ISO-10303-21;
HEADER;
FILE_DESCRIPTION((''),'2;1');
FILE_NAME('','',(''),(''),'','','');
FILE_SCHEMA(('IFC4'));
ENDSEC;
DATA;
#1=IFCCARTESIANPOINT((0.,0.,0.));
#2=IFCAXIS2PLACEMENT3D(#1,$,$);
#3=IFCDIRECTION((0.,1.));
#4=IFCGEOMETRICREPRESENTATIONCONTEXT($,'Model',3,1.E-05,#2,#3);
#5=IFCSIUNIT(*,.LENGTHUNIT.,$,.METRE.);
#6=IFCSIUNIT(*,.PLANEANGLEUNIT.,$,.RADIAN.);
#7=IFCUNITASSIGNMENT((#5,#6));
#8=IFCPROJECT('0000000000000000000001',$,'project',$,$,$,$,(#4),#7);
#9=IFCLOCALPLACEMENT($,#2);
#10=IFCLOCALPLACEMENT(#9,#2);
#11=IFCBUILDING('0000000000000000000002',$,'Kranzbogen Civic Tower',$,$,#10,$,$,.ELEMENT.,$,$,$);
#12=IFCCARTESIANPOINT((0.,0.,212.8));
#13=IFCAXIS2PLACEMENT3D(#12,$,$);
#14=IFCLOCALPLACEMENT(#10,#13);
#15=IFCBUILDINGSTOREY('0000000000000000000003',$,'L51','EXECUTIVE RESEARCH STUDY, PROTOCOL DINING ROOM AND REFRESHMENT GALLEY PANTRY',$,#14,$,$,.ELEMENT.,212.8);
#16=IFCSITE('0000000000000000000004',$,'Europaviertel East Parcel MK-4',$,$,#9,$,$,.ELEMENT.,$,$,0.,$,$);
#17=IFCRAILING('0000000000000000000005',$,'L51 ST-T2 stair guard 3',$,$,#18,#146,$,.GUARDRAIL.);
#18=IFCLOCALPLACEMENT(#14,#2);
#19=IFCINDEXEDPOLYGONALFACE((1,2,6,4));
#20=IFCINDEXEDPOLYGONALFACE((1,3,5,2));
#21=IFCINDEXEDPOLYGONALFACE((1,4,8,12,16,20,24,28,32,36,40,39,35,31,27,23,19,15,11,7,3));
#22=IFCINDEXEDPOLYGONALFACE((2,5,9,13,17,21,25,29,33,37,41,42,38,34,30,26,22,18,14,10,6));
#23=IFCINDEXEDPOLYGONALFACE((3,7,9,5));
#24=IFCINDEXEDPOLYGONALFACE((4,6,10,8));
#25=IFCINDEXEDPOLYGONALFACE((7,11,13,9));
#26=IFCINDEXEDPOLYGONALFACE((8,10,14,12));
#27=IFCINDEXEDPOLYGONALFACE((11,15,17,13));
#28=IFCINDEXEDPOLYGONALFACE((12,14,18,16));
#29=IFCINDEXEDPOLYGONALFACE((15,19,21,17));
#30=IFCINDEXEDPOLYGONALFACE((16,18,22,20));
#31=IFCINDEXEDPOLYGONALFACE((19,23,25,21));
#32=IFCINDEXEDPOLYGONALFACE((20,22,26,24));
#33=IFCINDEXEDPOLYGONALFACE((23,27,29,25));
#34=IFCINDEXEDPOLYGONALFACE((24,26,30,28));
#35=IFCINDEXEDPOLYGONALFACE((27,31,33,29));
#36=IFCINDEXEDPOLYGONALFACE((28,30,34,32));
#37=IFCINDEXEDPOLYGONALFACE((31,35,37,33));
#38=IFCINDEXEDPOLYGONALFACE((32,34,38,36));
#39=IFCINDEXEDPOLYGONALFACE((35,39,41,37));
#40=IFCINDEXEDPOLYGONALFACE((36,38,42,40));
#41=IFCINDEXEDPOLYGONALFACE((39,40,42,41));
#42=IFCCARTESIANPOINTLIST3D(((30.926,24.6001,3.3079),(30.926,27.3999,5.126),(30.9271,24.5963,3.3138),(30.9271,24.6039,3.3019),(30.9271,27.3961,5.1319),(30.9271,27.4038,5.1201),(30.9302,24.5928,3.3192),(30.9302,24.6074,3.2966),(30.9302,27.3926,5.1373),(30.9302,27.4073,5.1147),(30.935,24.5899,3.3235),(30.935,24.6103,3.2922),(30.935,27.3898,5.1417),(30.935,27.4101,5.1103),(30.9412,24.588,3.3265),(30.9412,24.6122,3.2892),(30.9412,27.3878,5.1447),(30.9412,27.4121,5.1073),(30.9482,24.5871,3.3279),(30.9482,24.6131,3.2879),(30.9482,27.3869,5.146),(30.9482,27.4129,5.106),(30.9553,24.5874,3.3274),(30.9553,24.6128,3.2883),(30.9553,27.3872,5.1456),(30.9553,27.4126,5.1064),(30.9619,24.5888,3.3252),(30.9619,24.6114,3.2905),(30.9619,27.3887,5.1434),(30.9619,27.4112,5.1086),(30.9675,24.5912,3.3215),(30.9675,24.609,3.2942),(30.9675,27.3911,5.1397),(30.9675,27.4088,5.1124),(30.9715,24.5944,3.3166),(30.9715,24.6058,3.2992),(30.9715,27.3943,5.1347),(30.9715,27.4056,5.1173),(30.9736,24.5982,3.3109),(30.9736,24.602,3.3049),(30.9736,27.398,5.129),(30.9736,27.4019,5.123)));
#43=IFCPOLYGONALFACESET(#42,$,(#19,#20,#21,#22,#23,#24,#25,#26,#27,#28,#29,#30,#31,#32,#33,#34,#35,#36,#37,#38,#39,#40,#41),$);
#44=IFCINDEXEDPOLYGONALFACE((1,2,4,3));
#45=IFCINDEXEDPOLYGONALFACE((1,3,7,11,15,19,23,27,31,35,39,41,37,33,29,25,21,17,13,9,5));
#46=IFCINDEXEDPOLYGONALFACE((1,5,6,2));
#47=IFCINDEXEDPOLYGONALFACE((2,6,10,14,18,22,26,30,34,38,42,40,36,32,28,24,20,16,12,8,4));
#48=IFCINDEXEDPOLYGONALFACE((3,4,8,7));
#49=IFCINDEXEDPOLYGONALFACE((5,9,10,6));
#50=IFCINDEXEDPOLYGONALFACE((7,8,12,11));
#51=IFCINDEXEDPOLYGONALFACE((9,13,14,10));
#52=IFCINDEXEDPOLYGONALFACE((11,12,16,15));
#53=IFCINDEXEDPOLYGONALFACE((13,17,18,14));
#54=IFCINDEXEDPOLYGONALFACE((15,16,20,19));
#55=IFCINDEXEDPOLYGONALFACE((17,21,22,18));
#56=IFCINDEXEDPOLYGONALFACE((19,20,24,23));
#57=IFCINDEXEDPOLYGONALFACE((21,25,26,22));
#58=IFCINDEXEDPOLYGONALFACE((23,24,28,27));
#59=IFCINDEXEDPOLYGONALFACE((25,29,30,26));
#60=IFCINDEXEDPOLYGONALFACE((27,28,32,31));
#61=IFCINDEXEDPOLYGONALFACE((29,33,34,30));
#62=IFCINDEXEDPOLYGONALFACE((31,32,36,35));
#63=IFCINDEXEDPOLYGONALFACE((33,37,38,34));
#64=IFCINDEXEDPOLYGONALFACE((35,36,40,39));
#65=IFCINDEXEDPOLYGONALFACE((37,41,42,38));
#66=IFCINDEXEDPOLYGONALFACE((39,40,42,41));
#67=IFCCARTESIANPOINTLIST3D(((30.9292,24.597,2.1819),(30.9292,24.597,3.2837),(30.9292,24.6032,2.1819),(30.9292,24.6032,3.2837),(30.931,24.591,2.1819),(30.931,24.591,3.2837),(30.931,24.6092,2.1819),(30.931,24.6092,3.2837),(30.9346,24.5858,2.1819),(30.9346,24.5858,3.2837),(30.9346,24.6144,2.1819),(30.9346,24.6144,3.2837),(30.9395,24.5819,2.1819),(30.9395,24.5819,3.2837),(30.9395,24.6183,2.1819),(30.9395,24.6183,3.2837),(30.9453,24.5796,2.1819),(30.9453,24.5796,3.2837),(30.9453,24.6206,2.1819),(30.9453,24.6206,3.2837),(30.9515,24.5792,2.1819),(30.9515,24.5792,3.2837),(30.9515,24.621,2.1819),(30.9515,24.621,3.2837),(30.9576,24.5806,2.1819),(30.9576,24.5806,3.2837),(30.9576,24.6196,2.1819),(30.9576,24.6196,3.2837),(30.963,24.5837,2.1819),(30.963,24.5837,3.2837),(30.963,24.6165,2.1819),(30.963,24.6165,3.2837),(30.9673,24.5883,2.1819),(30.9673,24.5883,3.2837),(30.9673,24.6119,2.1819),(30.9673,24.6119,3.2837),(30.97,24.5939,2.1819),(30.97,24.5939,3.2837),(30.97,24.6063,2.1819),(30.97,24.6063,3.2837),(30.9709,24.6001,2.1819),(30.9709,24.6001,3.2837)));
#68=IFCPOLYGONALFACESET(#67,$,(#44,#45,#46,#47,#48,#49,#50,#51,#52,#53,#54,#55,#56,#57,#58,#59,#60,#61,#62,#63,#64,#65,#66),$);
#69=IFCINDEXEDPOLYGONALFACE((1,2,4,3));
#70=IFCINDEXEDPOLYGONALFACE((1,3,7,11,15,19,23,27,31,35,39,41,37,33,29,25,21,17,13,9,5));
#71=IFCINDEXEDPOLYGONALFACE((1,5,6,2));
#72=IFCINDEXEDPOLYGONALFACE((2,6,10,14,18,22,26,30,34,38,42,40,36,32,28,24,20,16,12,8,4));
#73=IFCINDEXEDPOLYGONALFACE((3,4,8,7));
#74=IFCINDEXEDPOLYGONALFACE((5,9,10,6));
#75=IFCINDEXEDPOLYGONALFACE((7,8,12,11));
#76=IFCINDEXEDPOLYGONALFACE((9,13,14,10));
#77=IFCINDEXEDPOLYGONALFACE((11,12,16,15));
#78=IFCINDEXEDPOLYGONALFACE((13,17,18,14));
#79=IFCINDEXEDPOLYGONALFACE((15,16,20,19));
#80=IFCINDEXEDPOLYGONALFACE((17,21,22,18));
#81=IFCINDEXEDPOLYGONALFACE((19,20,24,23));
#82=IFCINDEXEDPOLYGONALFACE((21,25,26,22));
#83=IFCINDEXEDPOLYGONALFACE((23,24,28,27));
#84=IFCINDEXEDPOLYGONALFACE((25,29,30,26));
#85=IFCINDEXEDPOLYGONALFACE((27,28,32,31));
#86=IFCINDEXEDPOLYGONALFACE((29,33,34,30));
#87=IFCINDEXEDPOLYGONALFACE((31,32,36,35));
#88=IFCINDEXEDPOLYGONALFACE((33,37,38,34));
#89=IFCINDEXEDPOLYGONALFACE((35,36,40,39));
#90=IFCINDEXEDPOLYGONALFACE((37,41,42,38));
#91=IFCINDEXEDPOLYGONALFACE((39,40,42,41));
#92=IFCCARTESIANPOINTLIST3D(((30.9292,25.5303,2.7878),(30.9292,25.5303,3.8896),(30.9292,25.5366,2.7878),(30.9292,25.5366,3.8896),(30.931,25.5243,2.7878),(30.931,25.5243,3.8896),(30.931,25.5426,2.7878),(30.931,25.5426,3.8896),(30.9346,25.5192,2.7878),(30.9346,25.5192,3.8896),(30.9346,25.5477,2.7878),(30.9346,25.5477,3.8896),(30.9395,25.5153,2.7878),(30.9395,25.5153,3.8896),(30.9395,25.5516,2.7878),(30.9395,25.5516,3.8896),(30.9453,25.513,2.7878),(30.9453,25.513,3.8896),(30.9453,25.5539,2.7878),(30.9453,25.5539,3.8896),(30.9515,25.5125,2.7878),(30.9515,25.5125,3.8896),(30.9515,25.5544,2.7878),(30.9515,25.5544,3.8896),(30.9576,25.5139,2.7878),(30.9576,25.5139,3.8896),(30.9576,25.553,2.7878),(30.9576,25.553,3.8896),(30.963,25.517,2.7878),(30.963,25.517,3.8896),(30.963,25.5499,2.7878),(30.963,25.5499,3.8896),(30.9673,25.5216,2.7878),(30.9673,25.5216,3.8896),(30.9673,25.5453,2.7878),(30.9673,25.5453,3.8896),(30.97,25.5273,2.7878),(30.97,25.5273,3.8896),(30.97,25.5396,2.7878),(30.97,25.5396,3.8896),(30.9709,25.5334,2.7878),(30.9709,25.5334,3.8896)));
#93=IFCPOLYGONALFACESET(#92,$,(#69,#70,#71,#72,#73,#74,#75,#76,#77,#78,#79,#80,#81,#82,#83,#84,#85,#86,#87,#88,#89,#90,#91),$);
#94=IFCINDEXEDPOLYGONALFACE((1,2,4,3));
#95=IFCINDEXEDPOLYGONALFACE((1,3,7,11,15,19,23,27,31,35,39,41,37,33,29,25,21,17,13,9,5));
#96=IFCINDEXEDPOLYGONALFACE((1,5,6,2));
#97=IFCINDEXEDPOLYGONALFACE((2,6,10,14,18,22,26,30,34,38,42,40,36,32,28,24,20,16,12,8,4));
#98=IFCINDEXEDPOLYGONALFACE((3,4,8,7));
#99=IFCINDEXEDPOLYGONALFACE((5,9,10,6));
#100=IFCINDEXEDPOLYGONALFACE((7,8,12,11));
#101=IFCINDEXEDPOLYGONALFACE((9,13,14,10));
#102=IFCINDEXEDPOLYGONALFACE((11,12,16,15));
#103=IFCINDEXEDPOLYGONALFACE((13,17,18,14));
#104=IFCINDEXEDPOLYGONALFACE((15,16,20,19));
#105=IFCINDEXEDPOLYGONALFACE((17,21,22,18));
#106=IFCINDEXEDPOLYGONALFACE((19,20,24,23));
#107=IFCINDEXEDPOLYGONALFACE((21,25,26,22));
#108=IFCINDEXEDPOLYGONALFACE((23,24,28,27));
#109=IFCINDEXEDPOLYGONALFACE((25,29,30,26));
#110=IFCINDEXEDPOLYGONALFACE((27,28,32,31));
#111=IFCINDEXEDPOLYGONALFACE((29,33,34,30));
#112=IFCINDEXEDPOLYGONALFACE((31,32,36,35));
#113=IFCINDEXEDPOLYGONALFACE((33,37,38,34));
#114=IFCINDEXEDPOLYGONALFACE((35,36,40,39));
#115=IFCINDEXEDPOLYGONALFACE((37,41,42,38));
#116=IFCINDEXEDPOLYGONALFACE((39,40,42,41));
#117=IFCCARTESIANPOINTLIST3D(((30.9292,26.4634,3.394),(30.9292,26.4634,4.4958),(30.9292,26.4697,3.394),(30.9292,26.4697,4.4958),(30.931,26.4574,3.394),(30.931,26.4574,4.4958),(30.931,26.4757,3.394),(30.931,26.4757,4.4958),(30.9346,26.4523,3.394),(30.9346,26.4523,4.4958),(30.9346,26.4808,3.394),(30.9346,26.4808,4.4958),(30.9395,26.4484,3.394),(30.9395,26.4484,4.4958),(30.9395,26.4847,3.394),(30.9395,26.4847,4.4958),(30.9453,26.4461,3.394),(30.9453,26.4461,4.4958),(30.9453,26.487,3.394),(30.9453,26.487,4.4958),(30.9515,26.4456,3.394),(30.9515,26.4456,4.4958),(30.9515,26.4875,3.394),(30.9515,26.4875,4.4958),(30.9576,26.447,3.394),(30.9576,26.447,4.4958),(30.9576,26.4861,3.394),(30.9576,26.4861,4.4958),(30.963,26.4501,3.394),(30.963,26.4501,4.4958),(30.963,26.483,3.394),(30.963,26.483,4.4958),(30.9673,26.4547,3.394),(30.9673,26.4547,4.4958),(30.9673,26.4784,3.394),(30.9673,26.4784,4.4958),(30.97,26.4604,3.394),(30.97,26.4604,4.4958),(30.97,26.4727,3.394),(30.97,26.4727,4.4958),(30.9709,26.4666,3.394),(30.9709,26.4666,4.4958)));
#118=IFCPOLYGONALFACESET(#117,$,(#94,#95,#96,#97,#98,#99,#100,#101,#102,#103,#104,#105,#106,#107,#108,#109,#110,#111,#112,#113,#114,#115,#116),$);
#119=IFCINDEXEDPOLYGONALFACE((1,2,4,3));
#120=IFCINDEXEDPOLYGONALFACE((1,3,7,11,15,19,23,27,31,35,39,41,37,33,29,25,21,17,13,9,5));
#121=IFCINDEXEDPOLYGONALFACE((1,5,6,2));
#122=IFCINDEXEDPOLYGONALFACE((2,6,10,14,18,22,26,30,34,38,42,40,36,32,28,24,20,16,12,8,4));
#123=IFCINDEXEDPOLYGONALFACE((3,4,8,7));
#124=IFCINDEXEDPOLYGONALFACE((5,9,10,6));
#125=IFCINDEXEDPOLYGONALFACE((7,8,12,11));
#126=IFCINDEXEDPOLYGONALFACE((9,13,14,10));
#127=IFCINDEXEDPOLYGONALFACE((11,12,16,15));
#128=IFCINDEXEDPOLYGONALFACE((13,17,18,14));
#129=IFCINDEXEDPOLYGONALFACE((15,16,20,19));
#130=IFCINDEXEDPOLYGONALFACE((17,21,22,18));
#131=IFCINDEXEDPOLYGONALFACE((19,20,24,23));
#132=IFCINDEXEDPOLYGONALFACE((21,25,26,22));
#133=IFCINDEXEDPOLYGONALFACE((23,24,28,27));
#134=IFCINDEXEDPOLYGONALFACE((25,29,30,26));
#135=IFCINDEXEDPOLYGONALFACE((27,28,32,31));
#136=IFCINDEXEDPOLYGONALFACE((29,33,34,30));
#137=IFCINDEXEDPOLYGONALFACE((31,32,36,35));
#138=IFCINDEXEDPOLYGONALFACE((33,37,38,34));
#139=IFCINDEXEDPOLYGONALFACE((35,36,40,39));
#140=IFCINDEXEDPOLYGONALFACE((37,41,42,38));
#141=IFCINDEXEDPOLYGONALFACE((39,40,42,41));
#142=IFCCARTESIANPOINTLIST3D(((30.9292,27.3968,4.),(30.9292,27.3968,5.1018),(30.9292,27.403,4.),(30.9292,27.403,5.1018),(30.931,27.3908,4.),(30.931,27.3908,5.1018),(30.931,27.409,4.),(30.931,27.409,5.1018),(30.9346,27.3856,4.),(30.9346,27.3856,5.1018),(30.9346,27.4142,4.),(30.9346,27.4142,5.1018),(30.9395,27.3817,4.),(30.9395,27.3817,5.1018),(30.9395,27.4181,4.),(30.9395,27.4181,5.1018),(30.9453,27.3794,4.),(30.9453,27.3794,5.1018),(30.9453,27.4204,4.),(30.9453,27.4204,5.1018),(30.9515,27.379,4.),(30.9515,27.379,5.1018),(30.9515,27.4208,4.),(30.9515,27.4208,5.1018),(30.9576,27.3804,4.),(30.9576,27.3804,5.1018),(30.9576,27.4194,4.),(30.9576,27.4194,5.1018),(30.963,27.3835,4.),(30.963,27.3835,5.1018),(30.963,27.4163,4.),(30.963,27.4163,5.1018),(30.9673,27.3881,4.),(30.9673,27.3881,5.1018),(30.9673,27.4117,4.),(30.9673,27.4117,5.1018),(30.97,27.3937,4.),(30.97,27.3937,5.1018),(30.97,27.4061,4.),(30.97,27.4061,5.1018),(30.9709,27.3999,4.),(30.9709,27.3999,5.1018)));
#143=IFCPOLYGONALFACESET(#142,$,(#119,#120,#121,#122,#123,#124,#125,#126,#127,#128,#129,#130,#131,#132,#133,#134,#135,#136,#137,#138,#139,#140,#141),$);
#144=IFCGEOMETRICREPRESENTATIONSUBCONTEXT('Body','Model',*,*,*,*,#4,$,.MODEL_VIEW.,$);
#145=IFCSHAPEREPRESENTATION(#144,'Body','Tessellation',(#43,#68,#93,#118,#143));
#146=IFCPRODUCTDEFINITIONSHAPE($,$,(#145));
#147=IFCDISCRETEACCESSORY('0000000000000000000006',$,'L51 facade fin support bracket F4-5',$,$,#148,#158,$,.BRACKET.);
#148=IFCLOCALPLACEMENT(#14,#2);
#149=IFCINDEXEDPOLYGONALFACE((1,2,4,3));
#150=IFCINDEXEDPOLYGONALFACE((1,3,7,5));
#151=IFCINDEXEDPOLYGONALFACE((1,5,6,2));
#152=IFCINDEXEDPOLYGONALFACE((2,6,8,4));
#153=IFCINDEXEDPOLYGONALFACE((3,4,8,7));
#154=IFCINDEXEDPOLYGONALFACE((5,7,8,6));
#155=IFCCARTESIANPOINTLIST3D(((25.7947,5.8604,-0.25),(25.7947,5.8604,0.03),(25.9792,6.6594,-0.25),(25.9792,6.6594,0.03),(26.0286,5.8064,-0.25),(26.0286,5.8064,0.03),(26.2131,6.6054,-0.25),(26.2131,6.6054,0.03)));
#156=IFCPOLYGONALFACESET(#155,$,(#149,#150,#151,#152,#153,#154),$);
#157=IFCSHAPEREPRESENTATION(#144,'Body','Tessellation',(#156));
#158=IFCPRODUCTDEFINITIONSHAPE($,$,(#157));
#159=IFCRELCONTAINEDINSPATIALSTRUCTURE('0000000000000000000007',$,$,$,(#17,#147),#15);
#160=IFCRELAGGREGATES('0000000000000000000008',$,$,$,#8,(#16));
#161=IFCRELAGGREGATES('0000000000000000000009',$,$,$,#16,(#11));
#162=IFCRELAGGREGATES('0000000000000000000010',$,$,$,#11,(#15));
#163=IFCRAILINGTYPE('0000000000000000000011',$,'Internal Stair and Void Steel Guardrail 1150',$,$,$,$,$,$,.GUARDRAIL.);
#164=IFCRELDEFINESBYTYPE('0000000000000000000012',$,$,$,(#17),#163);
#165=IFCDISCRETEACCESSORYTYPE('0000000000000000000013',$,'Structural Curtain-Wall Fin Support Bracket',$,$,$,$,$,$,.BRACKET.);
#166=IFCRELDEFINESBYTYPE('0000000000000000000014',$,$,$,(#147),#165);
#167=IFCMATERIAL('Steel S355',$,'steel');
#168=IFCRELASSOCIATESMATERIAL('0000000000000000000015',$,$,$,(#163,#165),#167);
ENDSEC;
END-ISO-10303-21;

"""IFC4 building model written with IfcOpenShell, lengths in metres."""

from ifc_helpers import new_model, si_unit, direction, frame, origin, origin_2d, place, context, subcontext, project, spatial, rectangle, circle, extrude, material, type_object, element, save


model = new_model("IFC4")

# Units and contexts
model_context = context("Model", 3, precision=1e-05, world=origin(), true_north=direction((0.0, 1.0)))
body_context = subcontext(model_context, "Body", "Model", "MODEL_VIEW")
ifc_project = project(units=[si_unit("LENGTHUNIT", "METRE"), si_unit("PLANEANGLEUNIT", "RADIAN")], contexts=[model_context])

# Site, building, storey
site_placement = place(None, origin())
site = spatial("IfcSite", under=ifc_project, at=site_placement, Name="Europaviertel East Parcel MK-4", CompositionType="ELEMENT", RefElevation=0.0)
building_placement = place(site_placement, origin())
building = spatial("IfcBuilding", under=site, at=building_placement, Name="Kranzbogen Civic Tower", CompositionType="ELEMENT")
storey_placement = place(building_placement, frame((0.0, 0.0, 212.8)))
storey = spatial("IfcBuildingStorey", under=building, at=storey_placement, Name="L51", Description="EXECUTIVE RESEARCH STUDY, PROTOCOL DINING ROOM AND REFRESHMENT GALLEY PANTRY", CompositionType="ELEMENT", Elevation=212.8)

# Shared definitions
ifc_material_1 = material(Name="Steel S355", Category="steel")

# Railing
railing_type = type_object("IfcRailingType", Name="Internal Stair and Void Steel Guardrail 1150", PredefinedType="GUARDRAIL", material=ifc_material_1)
railing_1_placement = place(storey_placement, frame((30.95, 24.6001, 2.1819)))
element("IfcRailing", 1, at=railing_1_placement, inside=storey, type_object=railing_type, Name="L51 ST-T2 stair guard 3", PredefinedType="GUARDRAIL", context=body_context, shape_type="SweptSolid", body=[
    extrude(circle(Radius=0.0239, at=origin_2d()), frame((0.0, 0.0, 1.126), z_axis=(0.0, 0.838684, 0.544618), x_axis=(-1.0, 0.0, 0.0)), (0.0, 0.0, 1.0), 3.3384),
    extrude(circle(Radius=0.021, at=origin_2d()), origin(), (0.0, 0.0, 1.0), 1.1018),
    extrude(circle(Radius=0.021, at=origin_2d()), frame((0.0, 0.9333, 0.606)), (0.0, 0.0, 1.0), 1.1018),
    extrude(circle(Radius=0.021, at=origin_2d()), frame((0.0, 1.8665, 1.2122)), (0.0, 0.0, 1.0), 1.1018),
    extrude(circle(Radius=0.021, at=origin_2d()), frame((0.0, 2.7998, 1.8181)), (0.0, 0.0, 1.0), 1.1018),
])

# Discrete accessory
discrete_accessory_type = type_object("IfcDiscreteAccessoryType", Name="Structural Curtain-Wall Fin Support Bracket", PredefinedType="BRACKET", material=ifc_material_1)
discrete_accessory_placement = place(storey_placement, frame((26.0039, 6.2329, -0.25), z_axis=(0.0, 0.0, 1.0), x_axis=(-0.224951, -0.97437, 0.0)))
element("IfcDiscreteAccessory", 2, at=discrete_accessory_placement, inside=storey, type_object=discrete_accessory_type, Name="L51 facade fin support bracket F4-5", PredefinedType="BRACKET", context=body_context, shape_type="SweptSolid", body=[
    extrude(rectangle(XDim=0.8201, YDim=0.24, at=origin_2d()), origin(), (0.0, 0.0, 1.0), 0.28),
])

save(model, "model.ifc")
